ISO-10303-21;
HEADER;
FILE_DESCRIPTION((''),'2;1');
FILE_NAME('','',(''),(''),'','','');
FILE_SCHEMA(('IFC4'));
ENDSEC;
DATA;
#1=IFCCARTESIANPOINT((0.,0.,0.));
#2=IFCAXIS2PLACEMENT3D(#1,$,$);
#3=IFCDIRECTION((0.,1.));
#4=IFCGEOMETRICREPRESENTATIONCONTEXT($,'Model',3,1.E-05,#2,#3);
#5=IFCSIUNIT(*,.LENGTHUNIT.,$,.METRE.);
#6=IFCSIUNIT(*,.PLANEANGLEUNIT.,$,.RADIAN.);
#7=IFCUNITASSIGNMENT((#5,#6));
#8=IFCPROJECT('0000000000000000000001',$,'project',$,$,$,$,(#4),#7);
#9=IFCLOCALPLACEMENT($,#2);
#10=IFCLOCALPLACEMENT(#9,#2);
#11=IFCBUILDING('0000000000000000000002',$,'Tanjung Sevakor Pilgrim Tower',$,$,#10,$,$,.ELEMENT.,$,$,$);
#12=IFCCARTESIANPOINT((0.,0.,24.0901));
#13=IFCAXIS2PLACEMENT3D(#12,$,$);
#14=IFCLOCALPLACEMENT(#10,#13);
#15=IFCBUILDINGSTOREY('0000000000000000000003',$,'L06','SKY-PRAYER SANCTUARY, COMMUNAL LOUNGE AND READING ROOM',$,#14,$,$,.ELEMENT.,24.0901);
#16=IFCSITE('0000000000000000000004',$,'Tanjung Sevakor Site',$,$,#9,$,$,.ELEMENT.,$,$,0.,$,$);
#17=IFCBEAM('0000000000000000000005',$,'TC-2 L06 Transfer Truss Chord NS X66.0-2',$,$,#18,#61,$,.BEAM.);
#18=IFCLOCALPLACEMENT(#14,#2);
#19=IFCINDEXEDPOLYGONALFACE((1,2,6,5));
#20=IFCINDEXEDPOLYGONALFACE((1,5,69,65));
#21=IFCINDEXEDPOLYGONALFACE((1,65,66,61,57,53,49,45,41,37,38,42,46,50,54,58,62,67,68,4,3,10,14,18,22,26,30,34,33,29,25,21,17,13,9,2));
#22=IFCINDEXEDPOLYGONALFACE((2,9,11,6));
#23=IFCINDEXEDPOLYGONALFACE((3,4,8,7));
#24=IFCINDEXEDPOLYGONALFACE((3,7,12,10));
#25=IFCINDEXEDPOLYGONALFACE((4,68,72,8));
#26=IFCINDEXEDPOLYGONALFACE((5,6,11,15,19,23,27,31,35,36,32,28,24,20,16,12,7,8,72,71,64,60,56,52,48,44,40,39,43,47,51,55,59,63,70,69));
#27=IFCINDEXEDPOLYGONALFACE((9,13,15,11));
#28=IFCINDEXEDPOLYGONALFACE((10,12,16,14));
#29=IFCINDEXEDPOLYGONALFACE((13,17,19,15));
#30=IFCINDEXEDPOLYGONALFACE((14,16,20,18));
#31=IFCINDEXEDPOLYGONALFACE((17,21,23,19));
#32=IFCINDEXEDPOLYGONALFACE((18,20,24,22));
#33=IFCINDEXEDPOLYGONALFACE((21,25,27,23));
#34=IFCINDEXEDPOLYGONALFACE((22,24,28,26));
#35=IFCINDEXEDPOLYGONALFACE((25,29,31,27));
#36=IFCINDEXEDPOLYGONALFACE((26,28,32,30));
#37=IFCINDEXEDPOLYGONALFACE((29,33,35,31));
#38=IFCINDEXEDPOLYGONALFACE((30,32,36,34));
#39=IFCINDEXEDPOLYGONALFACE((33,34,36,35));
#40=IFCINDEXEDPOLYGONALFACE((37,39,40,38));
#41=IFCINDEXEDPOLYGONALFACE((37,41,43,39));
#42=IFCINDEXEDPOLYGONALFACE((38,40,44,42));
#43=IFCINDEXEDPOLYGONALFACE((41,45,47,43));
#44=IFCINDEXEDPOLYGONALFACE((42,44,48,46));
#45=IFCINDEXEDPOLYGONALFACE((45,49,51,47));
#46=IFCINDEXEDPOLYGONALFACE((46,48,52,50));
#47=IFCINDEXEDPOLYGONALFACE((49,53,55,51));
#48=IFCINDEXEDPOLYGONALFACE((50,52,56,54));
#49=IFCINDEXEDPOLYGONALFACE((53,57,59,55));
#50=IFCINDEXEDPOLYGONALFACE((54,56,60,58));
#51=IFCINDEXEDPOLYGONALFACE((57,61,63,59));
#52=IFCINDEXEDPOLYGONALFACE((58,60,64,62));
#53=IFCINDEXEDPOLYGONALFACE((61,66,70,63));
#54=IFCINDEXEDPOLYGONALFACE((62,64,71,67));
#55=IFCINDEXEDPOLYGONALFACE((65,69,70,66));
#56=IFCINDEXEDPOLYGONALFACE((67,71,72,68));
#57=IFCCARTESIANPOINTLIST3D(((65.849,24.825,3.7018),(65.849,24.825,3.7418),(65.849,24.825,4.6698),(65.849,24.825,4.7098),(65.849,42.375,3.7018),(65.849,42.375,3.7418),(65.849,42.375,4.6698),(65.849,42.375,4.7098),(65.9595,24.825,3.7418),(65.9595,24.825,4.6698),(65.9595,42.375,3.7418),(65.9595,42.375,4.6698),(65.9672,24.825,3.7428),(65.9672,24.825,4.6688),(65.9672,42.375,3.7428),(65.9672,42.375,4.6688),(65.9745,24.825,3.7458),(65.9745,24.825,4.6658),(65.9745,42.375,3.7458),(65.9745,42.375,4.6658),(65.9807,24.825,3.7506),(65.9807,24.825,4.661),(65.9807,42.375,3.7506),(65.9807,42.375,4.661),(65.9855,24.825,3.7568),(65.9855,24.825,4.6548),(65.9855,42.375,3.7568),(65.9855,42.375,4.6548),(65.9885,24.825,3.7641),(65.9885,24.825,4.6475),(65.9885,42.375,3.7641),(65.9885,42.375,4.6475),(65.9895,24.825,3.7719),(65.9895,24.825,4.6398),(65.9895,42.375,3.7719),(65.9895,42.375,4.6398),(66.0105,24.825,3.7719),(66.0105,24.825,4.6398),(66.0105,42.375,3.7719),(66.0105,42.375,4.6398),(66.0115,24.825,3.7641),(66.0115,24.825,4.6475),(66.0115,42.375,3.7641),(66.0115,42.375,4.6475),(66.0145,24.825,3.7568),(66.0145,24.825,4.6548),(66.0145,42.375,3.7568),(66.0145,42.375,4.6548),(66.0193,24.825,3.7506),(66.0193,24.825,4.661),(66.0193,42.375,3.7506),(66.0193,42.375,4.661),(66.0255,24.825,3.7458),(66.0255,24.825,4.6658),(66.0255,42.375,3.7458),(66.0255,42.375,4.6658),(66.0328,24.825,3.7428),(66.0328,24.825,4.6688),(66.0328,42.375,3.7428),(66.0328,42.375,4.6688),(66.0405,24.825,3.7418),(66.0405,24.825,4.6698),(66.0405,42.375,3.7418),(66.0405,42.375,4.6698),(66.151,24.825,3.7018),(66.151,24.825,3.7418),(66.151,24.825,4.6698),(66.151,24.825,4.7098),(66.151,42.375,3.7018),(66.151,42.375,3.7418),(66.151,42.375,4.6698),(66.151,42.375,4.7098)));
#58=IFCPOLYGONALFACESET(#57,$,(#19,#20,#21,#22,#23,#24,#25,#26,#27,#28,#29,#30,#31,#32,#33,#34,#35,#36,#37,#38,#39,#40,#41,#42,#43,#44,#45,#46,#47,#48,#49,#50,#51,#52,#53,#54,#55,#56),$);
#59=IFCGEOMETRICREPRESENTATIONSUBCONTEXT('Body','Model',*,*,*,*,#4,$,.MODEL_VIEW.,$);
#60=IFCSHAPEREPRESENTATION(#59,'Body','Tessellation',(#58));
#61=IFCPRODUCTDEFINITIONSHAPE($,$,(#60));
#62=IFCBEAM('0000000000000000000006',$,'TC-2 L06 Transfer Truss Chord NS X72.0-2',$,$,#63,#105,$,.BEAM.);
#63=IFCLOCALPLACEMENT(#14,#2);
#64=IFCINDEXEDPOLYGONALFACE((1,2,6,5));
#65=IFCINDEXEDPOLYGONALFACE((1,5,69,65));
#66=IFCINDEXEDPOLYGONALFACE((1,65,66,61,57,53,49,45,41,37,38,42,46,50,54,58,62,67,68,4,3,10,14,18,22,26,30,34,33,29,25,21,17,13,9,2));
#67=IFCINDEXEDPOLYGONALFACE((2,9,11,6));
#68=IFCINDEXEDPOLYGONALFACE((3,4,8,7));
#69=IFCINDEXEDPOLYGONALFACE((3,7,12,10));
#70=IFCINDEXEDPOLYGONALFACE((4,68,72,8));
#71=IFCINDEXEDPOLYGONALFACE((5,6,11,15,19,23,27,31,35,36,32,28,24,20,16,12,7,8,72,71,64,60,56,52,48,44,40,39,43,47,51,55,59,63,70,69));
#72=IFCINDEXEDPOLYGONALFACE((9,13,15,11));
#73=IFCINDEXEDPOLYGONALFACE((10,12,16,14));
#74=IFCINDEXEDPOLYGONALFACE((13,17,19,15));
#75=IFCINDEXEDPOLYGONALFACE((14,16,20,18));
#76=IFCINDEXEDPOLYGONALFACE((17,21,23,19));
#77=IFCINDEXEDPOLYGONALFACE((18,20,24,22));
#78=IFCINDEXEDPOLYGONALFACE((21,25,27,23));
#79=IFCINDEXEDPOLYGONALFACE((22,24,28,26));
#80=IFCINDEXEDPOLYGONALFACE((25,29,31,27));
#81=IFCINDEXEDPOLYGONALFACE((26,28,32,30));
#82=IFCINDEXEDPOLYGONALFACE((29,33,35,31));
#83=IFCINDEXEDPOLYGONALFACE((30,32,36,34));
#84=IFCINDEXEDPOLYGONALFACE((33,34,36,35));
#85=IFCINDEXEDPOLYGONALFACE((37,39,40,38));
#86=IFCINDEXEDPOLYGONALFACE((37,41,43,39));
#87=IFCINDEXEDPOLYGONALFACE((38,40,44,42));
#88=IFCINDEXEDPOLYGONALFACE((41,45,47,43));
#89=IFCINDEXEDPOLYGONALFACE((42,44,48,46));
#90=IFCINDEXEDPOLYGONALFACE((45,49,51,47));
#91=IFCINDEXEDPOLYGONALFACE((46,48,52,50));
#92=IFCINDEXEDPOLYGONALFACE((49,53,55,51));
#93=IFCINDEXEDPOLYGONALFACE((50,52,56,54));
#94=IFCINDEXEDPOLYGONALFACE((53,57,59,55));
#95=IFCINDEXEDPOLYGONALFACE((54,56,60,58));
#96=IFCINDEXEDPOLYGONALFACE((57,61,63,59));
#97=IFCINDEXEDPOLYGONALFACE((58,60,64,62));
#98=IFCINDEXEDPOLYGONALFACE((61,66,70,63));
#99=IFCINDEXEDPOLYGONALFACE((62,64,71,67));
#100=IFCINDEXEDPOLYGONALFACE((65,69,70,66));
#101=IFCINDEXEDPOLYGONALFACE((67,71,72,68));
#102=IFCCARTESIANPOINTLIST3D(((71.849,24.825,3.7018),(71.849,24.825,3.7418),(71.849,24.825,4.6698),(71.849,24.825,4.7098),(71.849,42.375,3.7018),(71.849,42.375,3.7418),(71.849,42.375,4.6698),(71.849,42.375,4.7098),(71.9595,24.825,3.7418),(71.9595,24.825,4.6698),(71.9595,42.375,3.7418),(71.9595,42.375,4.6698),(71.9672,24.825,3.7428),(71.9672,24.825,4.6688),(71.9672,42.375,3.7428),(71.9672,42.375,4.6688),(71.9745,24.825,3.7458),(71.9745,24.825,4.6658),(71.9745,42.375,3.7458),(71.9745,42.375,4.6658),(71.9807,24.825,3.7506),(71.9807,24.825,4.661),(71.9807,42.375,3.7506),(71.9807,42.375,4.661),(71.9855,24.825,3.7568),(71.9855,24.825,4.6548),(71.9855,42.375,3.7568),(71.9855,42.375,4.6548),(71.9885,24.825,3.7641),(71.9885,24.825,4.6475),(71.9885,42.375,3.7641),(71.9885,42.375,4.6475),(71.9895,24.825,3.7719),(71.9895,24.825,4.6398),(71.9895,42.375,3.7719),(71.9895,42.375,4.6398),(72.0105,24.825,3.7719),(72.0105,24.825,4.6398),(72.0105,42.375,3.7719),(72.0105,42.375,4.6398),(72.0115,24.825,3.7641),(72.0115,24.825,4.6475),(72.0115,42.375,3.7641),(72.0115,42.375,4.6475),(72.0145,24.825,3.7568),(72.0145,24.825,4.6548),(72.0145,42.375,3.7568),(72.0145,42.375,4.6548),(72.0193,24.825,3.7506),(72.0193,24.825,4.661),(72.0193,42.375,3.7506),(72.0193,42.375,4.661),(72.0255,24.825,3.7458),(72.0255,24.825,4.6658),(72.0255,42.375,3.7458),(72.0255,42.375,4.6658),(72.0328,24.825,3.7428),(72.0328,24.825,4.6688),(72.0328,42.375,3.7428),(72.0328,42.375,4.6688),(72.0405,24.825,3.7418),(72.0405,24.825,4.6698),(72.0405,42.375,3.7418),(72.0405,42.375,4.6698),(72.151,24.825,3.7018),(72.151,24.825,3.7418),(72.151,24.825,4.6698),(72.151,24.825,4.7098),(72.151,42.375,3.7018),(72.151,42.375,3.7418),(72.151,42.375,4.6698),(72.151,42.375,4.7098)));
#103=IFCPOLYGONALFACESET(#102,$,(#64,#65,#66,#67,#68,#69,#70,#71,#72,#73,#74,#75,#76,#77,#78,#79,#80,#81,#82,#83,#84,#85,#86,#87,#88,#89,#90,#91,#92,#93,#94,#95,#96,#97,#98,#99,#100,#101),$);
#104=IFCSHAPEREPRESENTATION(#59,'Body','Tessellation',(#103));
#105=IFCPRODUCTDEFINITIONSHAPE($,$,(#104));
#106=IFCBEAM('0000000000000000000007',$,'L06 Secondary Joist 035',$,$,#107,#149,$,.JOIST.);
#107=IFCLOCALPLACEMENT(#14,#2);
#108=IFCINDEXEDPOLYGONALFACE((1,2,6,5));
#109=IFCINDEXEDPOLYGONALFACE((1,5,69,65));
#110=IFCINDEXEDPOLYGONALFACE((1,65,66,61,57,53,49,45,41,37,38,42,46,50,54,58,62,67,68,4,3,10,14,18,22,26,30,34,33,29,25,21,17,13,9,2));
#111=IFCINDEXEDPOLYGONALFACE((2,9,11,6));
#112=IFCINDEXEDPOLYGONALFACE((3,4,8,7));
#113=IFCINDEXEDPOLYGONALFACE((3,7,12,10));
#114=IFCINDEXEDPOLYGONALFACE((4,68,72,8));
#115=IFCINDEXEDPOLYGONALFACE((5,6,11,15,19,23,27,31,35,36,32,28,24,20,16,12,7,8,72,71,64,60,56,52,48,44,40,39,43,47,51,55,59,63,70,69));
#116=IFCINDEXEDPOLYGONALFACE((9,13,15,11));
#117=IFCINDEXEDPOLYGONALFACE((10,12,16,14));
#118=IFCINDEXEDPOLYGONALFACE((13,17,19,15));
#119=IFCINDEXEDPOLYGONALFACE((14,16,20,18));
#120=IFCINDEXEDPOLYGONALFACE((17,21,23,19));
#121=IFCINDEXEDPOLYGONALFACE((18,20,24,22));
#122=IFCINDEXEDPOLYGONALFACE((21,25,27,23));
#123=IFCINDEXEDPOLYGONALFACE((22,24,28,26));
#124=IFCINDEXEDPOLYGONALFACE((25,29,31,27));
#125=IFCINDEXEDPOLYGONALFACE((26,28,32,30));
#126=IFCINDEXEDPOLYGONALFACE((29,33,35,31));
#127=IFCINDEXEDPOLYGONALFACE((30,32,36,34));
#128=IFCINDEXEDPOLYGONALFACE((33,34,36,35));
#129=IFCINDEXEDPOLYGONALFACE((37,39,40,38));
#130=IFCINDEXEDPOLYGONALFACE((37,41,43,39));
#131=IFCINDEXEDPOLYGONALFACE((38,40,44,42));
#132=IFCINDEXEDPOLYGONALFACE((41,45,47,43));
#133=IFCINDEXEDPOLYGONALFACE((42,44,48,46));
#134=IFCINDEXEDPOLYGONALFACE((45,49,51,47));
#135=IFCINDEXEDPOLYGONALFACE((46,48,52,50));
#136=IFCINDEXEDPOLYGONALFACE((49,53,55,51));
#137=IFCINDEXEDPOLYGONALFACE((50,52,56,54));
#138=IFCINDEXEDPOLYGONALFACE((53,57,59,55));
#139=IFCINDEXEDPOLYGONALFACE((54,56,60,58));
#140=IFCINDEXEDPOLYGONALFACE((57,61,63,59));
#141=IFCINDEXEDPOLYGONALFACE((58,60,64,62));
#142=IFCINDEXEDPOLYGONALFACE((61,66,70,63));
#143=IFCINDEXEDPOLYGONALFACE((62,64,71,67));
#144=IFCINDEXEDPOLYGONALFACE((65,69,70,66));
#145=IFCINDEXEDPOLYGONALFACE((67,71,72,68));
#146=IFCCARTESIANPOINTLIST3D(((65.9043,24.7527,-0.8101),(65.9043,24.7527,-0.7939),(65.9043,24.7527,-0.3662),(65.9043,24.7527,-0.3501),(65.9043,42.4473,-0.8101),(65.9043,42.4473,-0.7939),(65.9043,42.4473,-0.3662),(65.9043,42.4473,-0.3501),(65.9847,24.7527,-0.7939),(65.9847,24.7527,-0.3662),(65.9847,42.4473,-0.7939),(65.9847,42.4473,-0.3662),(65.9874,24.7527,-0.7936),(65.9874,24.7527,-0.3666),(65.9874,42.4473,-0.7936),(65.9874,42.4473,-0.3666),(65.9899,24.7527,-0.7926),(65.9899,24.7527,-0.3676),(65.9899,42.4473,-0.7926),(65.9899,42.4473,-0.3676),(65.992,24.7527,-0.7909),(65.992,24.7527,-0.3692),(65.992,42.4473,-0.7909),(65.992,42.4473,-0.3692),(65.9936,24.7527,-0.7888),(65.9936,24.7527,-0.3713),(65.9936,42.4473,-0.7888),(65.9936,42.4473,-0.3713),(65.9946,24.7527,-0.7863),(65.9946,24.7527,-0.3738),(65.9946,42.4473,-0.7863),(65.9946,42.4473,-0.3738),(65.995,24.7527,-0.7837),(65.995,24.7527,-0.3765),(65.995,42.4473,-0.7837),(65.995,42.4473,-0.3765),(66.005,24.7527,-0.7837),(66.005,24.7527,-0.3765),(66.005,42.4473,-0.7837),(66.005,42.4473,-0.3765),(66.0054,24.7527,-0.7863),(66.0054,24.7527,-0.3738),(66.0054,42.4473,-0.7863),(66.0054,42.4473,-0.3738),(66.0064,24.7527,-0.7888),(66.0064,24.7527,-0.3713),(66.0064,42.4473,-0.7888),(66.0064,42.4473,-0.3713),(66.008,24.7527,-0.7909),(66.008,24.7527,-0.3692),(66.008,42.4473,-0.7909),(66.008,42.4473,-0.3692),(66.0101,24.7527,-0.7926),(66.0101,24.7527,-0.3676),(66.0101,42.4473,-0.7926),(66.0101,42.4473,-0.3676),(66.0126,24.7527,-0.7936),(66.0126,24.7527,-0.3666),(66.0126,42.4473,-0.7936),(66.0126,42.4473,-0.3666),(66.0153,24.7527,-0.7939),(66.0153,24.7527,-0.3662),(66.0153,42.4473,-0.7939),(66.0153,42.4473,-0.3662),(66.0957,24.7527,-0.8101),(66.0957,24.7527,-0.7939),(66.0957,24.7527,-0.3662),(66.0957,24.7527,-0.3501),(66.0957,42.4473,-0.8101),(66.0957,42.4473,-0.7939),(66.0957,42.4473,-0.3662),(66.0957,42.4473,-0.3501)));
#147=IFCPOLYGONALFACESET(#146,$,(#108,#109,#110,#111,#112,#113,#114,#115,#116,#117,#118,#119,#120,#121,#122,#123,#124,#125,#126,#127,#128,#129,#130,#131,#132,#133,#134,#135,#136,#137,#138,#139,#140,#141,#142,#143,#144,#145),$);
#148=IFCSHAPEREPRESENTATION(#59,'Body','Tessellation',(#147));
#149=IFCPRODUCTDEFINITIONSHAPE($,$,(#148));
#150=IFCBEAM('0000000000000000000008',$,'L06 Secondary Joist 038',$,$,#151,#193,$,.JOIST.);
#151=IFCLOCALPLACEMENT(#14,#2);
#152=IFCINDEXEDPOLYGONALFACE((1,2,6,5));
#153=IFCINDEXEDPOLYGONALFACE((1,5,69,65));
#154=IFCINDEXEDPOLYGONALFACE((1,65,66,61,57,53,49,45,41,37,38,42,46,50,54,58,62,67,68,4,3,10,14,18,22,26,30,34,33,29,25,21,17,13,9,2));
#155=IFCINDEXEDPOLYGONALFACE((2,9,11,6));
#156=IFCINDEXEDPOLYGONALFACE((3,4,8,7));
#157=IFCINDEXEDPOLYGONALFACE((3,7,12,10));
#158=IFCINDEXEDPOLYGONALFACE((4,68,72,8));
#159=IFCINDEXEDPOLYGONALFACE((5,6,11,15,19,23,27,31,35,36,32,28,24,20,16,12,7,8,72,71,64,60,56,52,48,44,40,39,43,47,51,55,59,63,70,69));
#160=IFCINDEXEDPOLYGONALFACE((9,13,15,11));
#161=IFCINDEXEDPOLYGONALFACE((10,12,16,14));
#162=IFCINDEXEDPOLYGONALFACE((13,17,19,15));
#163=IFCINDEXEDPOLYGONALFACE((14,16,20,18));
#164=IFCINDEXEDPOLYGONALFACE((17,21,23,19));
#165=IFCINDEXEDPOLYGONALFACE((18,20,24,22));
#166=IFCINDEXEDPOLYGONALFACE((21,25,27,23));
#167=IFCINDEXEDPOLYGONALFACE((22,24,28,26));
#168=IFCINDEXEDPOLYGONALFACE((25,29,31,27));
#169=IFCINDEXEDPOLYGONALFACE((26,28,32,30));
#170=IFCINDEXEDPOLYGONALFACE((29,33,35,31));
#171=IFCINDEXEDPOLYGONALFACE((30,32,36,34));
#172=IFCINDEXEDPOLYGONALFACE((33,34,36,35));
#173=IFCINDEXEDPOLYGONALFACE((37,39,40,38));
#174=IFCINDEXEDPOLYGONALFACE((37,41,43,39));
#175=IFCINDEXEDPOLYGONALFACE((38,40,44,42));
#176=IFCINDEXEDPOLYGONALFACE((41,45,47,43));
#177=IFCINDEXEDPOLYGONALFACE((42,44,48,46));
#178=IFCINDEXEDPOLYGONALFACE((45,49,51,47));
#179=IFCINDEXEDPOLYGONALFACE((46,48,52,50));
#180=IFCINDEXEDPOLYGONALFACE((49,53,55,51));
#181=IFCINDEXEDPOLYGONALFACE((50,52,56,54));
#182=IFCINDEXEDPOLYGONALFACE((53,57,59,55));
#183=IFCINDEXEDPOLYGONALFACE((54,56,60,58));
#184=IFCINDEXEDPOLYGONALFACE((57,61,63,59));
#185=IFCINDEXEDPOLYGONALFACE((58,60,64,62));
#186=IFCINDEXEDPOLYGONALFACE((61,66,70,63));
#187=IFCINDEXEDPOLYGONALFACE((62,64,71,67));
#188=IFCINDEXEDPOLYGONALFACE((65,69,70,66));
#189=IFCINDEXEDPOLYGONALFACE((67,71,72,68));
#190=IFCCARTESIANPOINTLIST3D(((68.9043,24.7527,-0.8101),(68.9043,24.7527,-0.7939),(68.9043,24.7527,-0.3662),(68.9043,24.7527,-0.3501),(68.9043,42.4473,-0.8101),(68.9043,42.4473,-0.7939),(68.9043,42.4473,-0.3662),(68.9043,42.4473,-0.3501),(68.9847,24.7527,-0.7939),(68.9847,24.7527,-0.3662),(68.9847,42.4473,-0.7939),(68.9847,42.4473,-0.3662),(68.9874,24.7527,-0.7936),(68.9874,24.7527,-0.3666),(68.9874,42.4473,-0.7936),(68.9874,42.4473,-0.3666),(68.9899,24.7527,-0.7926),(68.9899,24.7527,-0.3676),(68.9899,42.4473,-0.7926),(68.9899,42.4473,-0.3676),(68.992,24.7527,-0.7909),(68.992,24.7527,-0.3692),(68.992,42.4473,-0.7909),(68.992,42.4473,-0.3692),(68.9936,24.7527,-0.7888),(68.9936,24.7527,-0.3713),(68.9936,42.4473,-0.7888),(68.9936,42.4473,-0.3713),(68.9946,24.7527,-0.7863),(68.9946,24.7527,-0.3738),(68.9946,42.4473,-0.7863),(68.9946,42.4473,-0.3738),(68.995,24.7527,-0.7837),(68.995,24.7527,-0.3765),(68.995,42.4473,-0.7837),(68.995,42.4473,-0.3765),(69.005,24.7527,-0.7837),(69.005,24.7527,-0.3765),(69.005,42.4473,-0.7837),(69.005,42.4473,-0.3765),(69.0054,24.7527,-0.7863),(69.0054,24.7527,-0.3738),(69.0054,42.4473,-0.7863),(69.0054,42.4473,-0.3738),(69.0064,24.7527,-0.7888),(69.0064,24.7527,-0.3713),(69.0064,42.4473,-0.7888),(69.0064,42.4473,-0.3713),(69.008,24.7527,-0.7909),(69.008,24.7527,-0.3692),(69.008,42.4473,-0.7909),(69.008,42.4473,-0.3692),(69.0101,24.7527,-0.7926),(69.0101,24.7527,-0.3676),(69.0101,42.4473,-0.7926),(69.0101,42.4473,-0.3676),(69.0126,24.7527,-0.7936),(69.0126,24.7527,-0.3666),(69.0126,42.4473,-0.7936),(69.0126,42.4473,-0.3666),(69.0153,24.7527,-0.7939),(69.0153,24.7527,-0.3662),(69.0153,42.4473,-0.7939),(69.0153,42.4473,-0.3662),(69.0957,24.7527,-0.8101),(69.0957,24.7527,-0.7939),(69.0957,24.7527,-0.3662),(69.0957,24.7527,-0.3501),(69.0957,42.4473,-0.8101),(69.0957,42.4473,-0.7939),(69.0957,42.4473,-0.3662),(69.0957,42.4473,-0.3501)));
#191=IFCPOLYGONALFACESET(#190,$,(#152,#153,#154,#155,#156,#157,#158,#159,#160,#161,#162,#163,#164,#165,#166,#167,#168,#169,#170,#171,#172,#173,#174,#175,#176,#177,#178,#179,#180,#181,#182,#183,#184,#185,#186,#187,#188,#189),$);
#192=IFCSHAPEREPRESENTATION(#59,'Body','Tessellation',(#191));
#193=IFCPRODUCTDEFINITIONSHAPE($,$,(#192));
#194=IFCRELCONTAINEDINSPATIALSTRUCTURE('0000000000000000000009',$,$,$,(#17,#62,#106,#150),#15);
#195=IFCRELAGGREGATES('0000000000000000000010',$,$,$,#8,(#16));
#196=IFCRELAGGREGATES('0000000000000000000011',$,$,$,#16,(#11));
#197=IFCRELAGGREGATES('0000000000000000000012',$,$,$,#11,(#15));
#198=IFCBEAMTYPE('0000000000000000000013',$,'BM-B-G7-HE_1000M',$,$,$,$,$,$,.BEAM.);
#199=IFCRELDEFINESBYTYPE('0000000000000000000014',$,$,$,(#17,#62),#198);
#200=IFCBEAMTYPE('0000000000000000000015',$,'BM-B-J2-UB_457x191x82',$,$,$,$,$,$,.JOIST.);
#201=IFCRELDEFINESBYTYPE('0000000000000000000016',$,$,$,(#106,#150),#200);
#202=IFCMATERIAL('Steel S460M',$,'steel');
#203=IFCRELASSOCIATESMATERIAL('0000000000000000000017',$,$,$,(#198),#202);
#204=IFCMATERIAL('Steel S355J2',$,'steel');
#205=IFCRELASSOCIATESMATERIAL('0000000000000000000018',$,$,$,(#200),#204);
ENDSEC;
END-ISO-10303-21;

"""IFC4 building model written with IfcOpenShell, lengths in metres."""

from ifc_helpers import new_model, si_unit, direction, frame, origin, origin_2d, place, context, subcontext, project, spatial, i_section, extrude, material, material_profile, profile_set, type_object, element, save


model = new_model("IFC4")

# Units and contexts
model_context = context("Model", 3, precision=1e-05, world=origin(), true_north=direction((0.0, 1.0)))
body_context = subcontext(model_context, "Body", "Model", "MODEL_VIEW")
ifc_project = project(units=[si_unit("LENGTHUNIT", "METRE"), si_unit("PLANEANGLEUNIT", "RADIAN")], contexts=[model_context])

# Site, building, storey
site_placement = place(None, origin())
site = spatial("IfcSite", under=ifc_project, at=site_placement, Name="Tanjung Sevakor Site", CompositionType="ELEMENT", RefElevation=0.0)
building_placement = place(site_placement, origin())
building = spatial("IfcBuilding", under=site, at=building_placement, Name="Tanjung Sevakor Pilgrim Tower", CompositionType="ELEMENT")
storey_placement = place(building_placement, frame((0.0, 0.0, 24.0901)))
storey = spatial("IfcBuildingStorey", under=building, at=storey_placement, Name="L06", Description="SKY-PRAYER SANCTUARY, COMMUNAL LOUNGE AND READING ROOM", CompositionType="ELEMENT", Elevation=24.0901)

# Beams
ifc_material_1 = material(Name="Steel S460M", Category="steel")
ifc_material_profile_1 = material_profile(ifc_material_1, i_section(OverallWidth=0.302, OverallDepth=1.0081, WebThickness=0.021, FlangeThickness=0.04, FilletRadius=0.03, at=origin_2d()))
ifc_profile_set_1 = profile_set([ifc_material_profile_1], Name="Steel S460M")
beam_type_1 = type_object("IfcBeamType", Name="BM-B-G7-HE_1000M", PredefinedType="BEAM", material=ifc_profile_set_1)
for number, where, z_axis, x_axis, name in (
    (1, (66.0, 24.825, 4.2058), (0.0, 1.0, 0.0), (-1.0, 0.0, 0.0), "TC-2 L06 Transfer Truss Chord NS X66.0-2"),
    (2, (72.0, 24.825, 4.2058), (0.0, 1.0, 0.0), (-1.0, 0.0, 0.0), "TC-2 L06 Transfer Truss Chord NS X72.0-2"),
):
    element("IfcBeam", number, at=place(storey_placement, frame(where, z_axis=z_axis, x_axis=x_axis)), inside=storey, type_object=beam_type_1, Name=name, PredefinedType="BEAM", context=body_context, shape_type="SweptSolid", body=[
        extrude(i_section(OverallWidth=0.302, OverallDepth=1.0081, WebThickness=0.021, FlangeThickness=0.04, FilletRadius=0.03, at=origin_2d()), origin(), (0.0, 0.0, 1.0), 17.55),
    ])
ifc_material_2 = material(Name="Steel S355J2", Category="steel")
ifc_material_profile_2 = material_profile(ifc_material_2, i_section(OverallWidth=0.1914, OverallDepth=0.46, WebThickness=0.01, FlangeThickness=0.0161, FilletRadius=0.0103, at=origin_2d()))
ifc_profile_set_2 = profile_set([ifc_material_profile_2], Name="Steel S355J2")
beam_type_2 = type_object("IfcBeamType", Name="BM-B-J2-UB_457x191x82", PredefinedType="JOIST", material=ifc_profile_set_2)
for number, where, z_axis, x_axis, name in (
    (3, (66.0, 24.7527, -0.5801), (0.0, 1.0, 0.0), (-1.0, 0.0, 0.0), "L06 Secondary Joist 035"),
    (4, (69.0, 24.7527, -0.5801), (0.0, 1.0, 0.0), (-1.0, 0.0, 0.0), "L06 Secondary Joist 038"),
):
    element("IfcBeam", number, at=place(storey_placement, frame(where, z_axis=z_axis, x_axis=x_axis)), inside=storey, type_object=beam_type_2, Name=name, PredefinedType="JOIST", context=body_context, shape_type="SweptSolid", body=[
        extrude(i_section(OverallWidth=0.1914, OverallDepth=0.46, WebThickness=0.01, FlangeThickness=0.0161, FilletRadius=0.0103, at=origin_2d()), origin(), (0.0, 0.0, 1.0), 17.6946),
    ])

save(model, "model.ifc")
